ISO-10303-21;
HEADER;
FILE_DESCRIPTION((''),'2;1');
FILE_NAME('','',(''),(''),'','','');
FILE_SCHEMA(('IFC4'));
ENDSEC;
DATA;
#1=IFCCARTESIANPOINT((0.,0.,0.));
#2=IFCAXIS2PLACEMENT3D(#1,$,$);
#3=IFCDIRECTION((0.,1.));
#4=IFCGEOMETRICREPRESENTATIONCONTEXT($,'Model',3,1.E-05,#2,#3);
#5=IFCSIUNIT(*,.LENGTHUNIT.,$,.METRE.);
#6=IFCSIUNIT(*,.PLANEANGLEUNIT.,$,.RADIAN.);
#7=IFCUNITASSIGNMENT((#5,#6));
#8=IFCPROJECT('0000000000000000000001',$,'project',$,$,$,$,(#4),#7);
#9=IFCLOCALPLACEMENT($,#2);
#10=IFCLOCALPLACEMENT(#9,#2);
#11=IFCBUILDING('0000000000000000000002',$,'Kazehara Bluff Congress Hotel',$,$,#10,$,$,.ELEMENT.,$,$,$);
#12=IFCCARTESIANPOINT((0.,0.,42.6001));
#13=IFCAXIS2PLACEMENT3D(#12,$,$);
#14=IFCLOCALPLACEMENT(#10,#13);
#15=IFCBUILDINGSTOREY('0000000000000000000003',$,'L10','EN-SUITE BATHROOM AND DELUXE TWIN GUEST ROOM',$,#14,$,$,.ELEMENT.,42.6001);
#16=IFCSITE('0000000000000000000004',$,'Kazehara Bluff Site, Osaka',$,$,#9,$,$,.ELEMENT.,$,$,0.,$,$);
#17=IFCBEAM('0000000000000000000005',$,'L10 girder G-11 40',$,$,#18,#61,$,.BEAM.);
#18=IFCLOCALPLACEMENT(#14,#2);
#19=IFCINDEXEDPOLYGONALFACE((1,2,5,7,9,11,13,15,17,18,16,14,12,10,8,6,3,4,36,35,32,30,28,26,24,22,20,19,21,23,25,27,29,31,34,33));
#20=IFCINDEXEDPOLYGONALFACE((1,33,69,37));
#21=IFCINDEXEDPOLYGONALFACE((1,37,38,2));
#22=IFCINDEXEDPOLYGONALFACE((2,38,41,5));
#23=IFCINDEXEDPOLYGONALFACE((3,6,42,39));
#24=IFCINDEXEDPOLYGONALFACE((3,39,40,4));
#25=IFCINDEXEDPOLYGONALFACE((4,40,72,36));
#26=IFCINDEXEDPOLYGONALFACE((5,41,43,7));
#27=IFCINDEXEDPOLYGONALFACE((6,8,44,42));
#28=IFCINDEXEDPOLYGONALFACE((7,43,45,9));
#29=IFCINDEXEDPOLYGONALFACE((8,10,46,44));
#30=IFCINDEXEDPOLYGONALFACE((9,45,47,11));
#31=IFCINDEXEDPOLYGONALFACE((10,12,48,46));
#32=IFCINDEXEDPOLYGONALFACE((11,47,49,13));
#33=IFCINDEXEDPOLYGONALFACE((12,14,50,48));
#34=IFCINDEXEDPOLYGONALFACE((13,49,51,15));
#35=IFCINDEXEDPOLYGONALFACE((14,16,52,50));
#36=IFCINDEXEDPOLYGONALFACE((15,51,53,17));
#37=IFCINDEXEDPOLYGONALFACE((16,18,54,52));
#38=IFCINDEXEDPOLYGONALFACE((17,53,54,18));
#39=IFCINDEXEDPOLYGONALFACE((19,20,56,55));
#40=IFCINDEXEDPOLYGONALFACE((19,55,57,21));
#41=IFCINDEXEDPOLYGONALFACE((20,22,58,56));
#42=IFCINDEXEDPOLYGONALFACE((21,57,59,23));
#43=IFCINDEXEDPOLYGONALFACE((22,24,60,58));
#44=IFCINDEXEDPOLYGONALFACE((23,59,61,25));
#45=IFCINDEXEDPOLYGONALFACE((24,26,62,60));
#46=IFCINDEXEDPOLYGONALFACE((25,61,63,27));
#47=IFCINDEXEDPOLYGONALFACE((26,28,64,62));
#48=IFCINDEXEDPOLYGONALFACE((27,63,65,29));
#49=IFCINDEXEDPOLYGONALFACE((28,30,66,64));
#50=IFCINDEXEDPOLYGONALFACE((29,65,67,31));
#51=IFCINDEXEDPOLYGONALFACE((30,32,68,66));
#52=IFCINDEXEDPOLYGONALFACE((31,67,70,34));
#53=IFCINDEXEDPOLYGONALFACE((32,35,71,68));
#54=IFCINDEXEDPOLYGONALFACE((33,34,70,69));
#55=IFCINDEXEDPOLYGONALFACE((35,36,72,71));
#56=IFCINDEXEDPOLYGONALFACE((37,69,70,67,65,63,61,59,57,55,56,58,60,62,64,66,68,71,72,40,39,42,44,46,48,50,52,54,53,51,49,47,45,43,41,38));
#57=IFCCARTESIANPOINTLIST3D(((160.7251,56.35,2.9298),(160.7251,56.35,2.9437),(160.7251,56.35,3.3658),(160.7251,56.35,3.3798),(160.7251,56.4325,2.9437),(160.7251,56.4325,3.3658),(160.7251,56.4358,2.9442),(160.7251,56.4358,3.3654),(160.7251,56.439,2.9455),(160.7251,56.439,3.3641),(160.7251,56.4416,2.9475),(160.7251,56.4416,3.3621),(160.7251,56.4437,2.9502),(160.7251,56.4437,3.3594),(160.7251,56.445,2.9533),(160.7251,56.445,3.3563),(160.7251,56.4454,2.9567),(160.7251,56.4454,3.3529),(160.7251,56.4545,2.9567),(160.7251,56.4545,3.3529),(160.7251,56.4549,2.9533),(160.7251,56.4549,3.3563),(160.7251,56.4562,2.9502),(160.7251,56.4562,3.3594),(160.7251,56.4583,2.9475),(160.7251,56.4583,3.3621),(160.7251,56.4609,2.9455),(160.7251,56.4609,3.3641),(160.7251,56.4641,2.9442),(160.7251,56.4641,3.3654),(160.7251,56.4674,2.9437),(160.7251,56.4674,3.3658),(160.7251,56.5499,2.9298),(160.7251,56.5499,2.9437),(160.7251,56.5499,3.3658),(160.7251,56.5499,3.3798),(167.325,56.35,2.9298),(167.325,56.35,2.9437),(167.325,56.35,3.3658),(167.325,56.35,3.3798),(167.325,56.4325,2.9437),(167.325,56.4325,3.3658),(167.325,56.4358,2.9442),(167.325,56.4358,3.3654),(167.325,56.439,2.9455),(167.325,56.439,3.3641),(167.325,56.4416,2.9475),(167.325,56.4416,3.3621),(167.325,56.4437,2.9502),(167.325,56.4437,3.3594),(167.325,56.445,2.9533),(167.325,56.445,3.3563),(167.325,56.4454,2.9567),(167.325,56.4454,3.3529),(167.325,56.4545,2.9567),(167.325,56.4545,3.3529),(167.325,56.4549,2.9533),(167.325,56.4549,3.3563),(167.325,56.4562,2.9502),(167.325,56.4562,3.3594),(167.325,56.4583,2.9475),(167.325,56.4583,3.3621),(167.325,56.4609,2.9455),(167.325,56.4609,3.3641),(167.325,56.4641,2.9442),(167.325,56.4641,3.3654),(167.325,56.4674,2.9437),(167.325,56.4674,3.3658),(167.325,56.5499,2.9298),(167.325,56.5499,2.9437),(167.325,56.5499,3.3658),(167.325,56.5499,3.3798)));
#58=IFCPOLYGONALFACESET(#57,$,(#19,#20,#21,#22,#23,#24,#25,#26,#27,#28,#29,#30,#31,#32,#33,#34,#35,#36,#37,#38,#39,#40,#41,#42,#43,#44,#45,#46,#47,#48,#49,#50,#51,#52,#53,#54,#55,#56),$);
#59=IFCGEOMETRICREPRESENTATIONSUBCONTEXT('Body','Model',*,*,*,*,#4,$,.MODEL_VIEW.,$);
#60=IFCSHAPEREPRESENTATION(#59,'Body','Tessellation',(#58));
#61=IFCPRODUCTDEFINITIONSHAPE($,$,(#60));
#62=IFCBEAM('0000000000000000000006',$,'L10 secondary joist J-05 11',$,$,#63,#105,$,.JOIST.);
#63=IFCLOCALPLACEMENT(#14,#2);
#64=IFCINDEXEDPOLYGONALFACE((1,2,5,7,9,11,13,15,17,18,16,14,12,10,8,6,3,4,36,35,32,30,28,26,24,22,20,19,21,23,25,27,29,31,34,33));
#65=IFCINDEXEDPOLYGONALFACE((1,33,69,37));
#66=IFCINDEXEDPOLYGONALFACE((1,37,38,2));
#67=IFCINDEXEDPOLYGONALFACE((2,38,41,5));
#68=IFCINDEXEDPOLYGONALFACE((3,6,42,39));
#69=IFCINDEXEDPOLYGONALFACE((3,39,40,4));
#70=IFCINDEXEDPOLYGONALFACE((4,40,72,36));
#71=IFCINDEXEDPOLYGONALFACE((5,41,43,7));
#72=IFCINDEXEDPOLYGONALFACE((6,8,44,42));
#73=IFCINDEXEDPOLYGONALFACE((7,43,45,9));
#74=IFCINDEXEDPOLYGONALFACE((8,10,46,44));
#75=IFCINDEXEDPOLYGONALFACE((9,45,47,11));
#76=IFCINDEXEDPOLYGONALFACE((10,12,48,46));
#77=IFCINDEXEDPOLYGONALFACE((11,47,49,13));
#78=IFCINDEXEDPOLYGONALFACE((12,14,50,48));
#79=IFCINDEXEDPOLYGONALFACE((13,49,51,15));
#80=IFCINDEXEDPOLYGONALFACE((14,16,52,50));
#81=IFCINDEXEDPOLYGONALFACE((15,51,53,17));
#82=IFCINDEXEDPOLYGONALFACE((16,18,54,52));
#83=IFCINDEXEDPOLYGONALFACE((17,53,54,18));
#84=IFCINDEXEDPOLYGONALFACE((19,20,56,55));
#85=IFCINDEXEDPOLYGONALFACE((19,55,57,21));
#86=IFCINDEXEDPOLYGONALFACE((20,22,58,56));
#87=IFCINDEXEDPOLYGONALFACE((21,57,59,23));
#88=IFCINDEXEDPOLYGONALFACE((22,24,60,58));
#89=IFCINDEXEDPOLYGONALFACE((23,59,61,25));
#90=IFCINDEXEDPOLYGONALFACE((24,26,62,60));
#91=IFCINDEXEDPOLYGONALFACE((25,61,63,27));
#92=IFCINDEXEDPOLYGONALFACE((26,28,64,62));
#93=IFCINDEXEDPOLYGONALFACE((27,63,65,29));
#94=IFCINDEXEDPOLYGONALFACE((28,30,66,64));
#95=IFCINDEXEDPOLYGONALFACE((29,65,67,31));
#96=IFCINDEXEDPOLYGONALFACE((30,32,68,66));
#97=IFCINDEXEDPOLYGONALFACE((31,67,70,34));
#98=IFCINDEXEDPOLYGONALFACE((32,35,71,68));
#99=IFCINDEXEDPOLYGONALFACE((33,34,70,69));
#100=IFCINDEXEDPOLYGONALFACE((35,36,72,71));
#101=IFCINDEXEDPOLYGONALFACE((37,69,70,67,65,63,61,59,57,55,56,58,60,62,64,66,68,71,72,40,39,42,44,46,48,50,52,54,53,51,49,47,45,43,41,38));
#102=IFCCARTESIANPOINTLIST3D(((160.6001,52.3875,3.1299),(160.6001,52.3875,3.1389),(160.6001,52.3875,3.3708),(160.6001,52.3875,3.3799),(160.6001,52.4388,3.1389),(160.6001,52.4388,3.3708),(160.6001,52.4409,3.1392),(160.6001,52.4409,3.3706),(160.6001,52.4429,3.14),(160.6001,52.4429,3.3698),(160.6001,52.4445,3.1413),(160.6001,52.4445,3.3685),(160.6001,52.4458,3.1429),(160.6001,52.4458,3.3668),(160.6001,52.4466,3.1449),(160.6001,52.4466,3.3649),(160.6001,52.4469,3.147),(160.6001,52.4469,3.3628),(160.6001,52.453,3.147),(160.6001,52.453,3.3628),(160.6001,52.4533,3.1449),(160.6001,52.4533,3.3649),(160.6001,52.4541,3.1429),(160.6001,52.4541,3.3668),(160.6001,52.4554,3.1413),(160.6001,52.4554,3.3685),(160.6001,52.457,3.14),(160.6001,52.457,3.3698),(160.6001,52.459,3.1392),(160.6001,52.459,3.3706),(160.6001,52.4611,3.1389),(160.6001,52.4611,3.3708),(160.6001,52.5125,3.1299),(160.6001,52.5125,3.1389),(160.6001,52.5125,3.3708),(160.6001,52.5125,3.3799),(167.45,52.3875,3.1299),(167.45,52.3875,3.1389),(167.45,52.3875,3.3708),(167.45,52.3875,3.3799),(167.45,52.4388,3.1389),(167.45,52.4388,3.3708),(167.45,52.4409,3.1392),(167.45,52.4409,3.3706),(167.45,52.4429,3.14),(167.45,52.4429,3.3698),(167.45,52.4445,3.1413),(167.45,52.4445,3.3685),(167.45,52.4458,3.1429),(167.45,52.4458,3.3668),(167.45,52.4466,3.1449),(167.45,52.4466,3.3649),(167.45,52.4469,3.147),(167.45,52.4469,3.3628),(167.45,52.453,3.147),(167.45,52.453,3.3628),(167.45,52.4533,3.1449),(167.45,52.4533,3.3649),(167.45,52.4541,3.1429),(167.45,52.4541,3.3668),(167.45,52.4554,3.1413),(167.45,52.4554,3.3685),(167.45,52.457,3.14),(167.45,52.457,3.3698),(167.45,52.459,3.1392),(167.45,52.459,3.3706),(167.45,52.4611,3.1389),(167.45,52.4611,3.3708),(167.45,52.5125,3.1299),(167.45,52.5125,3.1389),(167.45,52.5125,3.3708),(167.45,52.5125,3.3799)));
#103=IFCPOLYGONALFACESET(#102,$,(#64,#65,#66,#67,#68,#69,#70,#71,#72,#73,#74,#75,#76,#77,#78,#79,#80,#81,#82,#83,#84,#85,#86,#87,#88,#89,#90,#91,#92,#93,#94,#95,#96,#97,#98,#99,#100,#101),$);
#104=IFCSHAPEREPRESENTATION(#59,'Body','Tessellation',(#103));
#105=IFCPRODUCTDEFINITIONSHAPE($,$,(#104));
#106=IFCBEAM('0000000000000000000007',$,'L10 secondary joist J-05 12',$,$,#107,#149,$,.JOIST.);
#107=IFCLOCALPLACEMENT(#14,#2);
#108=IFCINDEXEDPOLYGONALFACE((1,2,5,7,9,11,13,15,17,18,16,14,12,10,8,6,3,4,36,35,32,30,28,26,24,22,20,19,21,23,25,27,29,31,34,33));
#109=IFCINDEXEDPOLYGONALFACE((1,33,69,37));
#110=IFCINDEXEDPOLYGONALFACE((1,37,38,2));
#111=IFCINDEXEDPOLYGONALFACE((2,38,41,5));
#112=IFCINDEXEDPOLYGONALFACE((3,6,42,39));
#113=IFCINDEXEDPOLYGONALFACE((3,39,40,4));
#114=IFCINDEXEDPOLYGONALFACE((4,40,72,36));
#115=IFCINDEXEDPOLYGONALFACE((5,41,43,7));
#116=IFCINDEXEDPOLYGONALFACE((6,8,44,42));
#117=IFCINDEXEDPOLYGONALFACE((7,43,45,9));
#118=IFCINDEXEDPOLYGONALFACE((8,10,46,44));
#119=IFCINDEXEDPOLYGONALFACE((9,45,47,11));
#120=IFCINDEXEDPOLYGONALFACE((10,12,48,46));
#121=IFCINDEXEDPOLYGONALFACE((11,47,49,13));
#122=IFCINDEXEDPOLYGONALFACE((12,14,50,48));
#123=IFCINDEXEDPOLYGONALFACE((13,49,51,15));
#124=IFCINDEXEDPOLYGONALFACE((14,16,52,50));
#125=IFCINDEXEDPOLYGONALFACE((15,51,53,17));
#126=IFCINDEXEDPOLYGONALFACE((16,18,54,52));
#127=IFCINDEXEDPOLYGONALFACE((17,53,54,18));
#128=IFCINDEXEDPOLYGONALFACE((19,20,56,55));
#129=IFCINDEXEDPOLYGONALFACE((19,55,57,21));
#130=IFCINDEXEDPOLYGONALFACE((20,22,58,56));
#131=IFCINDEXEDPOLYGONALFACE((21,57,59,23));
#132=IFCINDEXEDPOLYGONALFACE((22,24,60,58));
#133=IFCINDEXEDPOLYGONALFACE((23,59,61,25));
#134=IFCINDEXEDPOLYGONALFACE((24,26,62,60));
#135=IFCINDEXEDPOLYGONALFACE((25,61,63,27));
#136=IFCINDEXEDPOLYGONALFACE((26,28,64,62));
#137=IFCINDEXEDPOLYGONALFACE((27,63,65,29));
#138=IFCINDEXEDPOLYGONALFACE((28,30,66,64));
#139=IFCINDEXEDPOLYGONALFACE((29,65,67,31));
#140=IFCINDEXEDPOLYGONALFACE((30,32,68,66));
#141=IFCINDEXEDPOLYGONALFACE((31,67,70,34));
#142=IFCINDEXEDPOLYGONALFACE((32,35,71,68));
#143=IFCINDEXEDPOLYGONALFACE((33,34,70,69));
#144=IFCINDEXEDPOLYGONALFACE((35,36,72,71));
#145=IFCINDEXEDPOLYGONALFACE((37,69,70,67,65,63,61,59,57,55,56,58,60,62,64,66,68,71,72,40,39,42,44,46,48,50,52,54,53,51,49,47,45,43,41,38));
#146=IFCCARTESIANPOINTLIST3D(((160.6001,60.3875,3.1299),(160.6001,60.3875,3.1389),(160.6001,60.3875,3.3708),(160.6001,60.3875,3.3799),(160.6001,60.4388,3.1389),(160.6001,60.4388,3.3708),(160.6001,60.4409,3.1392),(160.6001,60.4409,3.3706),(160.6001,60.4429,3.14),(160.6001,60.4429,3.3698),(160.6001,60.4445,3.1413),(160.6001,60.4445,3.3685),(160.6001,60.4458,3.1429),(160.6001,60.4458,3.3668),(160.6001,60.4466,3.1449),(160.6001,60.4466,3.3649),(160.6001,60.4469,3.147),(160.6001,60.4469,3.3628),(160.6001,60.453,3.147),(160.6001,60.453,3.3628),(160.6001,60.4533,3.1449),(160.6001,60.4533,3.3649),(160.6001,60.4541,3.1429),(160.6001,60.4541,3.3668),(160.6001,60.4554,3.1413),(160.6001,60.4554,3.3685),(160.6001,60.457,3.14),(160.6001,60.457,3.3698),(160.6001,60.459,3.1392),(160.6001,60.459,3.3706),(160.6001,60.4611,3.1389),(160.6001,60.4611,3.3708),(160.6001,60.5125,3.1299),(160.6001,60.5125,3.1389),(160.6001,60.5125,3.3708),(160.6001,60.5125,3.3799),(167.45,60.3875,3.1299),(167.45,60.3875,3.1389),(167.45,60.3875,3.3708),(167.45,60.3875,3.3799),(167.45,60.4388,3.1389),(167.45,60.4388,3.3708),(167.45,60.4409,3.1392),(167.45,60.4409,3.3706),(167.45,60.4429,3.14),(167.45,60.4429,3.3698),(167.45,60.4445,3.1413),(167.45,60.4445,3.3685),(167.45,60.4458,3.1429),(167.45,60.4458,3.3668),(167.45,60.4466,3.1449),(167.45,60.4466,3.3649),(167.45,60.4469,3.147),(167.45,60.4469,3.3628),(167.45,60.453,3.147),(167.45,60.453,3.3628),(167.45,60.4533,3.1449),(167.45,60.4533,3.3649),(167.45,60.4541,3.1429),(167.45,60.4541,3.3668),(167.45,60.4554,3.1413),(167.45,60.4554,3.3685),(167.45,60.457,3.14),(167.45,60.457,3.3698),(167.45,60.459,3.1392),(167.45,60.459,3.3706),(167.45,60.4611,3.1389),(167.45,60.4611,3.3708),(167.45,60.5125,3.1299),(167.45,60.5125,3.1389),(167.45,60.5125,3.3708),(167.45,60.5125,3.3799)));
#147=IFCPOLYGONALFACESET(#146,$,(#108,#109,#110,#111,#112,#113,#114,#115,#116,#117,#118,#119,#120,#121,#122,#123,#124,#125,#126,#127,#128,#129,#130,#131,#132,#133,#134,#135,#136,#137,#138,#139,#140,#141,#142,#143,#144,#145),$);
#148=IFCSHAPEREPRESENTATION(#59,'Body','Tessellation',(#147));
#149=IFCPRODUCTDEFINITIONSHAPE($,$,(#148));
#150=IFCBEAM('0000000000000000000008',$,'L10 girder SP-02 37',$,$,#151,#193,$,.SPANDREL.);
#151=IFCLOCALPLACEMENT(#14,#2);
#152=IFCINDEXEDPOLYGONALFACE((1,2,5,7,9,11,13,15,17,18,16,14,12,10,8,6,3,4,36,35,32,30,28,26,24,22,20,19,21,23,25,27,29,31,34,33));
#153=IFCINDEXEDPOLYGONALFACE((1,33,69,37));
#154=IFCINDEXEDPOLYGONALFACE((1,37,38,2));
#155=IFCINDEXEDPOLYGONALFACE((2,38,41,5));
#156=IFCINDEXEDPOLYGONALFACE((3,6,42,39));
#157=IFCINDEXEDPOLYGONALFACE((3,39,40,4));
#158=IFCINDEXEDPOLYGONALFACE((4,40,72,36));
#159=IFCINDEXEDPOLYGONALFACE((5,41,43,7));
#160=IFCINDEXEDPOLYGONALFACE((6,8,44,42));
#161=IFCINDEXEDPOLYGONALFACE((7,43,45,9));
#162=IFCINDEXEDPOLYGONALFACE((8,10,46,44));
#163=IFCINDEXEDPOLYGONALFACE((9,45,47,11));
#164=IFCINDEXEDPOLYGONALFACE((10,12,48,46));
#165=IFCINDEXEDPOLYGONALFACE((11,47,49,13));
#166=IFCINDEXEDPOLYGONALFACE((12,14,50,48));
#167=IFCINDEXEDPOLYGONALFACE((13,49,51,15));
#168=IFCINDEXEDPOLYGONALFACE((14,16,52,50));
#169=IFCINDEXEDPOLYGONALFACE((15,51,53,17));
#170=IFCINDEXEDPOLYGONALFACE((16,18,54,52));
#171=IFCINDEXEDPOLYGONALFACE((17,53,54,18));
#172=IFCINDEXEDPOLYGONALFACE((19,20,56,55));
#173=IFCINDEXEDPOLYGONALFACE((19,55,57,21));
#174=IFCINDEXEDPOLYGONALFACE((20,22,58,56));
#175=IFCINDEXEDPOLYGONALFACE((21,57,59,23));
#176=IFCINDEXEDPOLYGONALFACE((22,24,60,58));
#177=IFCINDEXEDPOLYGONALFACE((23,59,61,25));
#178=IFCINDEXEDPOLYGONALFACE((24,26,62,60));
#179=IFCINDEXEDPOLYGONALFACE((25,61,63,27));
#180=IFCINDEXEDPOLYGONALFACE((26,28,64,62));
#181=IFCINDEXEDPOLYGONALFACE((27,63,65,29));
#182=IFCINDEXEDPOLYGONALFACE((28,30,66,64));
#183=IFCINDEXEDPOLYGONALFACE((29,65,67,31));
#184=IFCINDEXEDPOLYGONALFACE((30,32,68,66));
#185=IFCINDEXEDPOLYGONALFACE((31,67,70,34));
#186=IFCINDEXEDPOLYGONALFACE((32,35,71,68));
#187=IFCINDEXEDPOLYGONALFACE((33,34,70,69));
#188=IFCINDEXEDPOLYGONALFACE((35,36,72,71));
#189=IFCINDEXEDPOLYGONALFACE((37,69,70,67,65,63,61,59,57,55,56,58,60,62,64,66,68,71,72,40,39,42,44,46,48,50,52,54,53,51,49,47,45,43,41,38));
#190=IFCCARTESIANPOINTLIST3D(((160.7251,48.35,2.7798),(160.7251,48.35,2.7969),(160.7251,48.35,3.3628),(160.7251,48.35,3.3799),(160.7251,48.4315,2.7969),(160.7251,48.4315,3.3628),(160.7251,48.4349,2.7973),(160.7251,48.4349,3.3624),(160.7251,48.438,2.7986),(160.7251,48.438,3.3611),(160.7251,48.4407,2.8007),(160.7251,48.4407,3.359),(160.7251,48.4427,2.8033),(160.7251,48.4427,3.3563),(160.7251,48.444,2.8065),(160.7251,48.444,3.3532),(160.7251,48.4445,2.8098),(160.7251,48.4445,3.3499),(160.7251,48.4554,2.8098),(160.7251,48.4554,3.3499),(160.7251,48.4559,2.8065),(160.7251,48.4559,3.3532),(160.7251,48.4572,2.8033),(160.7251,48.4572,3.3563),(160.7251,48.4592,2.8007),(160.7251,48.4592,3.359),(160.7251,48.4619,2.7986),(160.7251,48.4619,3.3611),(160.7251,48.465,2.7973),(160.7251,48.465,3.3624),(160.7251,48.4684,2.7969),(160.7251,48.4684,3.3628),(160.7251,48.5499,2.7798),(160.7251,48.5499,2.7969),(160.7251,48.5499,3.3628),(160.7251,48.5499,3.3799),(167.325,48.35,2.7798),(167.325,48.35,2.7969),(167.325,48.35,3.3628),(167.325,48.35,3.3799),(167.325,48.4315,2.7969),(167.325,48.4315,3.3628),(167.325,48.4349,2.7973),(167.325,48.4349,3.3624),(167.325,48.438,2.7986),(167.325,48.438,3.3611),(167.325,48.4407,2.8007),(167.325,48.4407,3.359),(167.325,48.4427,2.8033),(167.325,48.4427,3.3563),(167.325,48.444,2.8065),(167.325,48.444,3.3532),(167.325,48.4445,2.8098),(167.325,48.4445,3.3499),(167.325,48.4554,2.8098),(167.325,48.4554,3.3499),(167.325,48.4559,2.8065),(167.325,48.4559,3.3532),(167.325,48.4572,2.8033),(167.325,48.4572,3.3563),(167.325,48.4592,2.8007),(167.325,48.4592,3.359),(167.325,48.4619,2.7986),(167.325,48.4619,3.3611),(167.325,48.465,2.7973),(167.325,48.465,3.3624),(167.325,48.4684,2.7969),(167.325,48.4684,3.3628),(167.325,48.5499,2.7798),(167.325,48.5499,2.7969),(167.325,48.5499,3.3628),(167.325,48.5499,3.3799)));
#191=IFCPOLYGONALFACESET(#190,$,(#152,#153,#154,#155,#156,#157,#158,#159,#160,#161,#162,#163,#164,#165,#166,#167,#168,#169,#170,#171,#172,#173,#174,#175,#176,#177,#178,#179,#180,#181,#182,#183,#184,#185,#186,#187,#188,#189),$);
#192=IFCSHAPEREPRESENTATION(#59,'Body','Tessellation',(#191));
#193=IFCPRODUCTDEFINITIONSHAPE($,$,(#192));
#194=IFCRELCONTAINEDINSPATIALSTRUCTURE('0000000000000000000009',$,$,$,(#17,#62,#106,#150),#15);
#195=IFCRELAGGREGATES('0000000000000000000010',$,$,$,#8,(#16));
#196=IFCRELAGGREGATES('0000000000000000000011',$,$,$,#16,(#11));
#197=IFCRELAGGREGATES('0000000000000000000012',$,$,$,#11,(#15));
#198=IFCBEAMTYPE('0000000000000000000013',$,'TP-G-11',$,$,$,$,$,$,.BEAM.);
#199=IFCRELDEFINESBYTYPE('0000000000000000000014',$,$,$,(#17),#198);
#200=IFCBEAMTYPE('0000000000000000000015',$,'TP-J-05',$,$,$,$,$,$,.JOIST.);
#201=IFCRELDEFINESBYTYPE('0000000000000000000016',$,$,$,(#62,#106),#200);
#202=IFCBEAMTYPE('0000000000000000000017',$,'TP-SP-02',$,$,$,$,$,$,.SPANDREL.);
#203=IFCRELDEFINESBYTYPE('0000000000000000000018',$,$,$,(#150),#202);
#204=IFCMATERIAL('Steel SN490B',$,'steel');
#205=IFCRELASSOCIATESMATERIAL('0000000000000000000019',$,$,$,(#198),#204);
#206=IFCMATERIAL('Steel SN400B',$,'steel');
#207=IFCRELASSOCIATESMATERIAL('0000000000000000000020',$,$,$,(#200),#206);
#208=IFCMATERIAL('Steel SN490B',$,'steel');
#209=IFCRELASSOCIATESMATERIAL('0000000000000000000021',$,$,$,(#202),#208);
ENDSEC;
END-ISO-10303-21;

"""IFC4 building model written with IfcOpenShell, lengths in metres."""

from ifc_helpers import new_model, si_unit, direction, frame, origin, origin_2d, place, context, subcontext, project, spatial, i_section, extrude, material, material_profile, profile_set, type_object, element, save


model = new_model("IFC4")

# Units and contexts
model_context = context("Model", 3, precision=1e-05, world=origin(), true_north=direction((0.0, 1.0)))
body_context = subcontext(model_context, "Body", "Model", "MODEL_VIEW")
ifc_project = project(units=[si_unit("LENGTHUNIT", "METRE"), si_unit("PLANEANGLEUNIT", "RADIAN")], contexts=[model_context])

# Site, building, storey
site_placement = place(None, origin())
site = spatial("IfcSite", under=ifc_project, at=site_placement, Name="Kazehara Bluff Site, Osaka", CompositionType="ELEMENT", RefElevation=0.0)
building_placement = place(site_placement, origin())
building = spatial("IfcBuilding", under=site, at=building_placement, Name="Kazehara Bluff Congress Hotel", CompositionType="ELEMENT")
storey_placement = place(building_placement, frame((0.0, 0.0, 42.6001)))
storey = spatial("IfcBuildingStorey", under=building, at=storey_placement, Name="L10", Description="EN-SUITE BATHROOM AND DELUXE TWIN GUEST ROOM", CompositionType="ELEMENT", Elevation=42.6001)

# Beams
ifc_material_1 = material(Name="Steel SN490B", Category="steel")
ifc_material_profile_1 = material_profile(ifc_material_1, i_section(OverallWidth=0.2, OverallDepth=0.45, WebThickness=0.009, FlangeThickness=0.0139, FilletRadius=0.0129, at=origin_2d()))
ifc_profile_set_1 = profile_set([ifc_material_profile_1], Name="Steel SN490B")
beam_type_1 = type_object("IfcBeamType", Name="TP-G-11", PredefinedType="BEAM", material=ifc_profile_set_1)
beam_1_placement = place(storey_placement, frame((160.7251, 56.45, 3.1548), z_axis=(1.0, 0.0, 0.0), x_axis=(0.0, 1.0, 0.0)))
element("IfcBeam", 1, at=beam_1_placement, inside=storey, type_object=beam_type_1, Name="L10 girder G-11 40", PredefinedType="BEAM", context=body_context, shape_type="SweptSolid", body=[
    extrude(i_section(OverallWidth=0.2, OverallDepth=0.45, WebThickness=0.009, FlangeThickness=0.0139, FilletRadius=0.0129, at=origin_2d()), origin(), (0.0, 0.0, 1.0), 6.5999),
])
ifc_material_2 = material(Name="Steel SN400B", Category="steel")
ifc_material_profile_2 = material_profile(ifc_material_2, i_section(OverallWidth=0.125, OverallDepth=0.25, WebThickness=0.0061, FlangeThickness=0.009, FilletRadius=0.0081, at=origin_2d()))
ifc_profile_set_2 = profile_set([ifc_material_profile_2], Name="Steel SN400B")
beam_type_2 = type_object("IfcBeamType", Name="TP-J-05", PredefinedType="JOIST", material=ifc_profile_set_2)
for number, where, z_axis, x_axis, name in (
    (2, (160.6001, 52.45, 3.2549), (1.0, 0.0, 0.0), (0.0, 1.0, 0.0), "L10 secondary joist J-05 11"),
    (3, (160.6001, 60.45, 3.2549), (1.0, 0.0, 0.0), (0.0, 1.0, 0.0), "L10 secondary joist J-05 12"),
):
    element("IfcBeam", number, at=place(storey_placement, frame(where, z_axis=z_axis, x_axis=x_axis)), inside=storey, type_object=beam_type_2, Name=name, PredefinedType="JOIST", context=body_context, shape_type="SweptSolid", body=[
        extrude(i_section(OverallWidth=0.125, OverallDepth=0.25, WebThickness=0.0061, FlangeThickness=0.009, FilletRadius=0.0081, at=origin_2d()), origin(), (0.0, 0.0, 1.0), 6.8499),
    ])
ifc_material_3 = material(Name="Steel SN490B", Category="steel")
ifc_material_profile_3 = material_profile(ifc_material_3, i_section(OverallWidth=0.2, OverallDepth=0.6001, WebThickness=0.011, FlangeThickness=0.0171, FilletRadius=0.0129, at=origin_2d()))
ifc_profile_set_3 = profile_set([ifc_material_profile_3], Name="Steel SN490B")
beam_type_3 = type_object("IfcBeamType", Name="TP-SP-02", PredefinedType="SPANDREL", material=ifc_profile_set_3)
beam_2_placement = place(storey_placement, frame((160.7251, 48.45, 3.0798), z_axis=(1.0, 0.0, 0.0), x_axis=(0.0, 1.0, 0.0)))
element("IfcBeam", 4, at=beam_2_placement, inside=storey, type_object=beam_type_3, Name="L10 girder SP-02 37", PredefinedType="SPANDREL", context=body_context, shape_type="SweptSolid", body=[
    extrude(i_section(OverallWidth=0.2, OverallDepth=0.6001, WebThickness=0.011, FlangeThickness=0.0171, FilletRadius=0.0129, at=origin_2d()), origin(), (0.0, 0.0, 1.0), 6.5999),
])

save(model, "model.ifc")
